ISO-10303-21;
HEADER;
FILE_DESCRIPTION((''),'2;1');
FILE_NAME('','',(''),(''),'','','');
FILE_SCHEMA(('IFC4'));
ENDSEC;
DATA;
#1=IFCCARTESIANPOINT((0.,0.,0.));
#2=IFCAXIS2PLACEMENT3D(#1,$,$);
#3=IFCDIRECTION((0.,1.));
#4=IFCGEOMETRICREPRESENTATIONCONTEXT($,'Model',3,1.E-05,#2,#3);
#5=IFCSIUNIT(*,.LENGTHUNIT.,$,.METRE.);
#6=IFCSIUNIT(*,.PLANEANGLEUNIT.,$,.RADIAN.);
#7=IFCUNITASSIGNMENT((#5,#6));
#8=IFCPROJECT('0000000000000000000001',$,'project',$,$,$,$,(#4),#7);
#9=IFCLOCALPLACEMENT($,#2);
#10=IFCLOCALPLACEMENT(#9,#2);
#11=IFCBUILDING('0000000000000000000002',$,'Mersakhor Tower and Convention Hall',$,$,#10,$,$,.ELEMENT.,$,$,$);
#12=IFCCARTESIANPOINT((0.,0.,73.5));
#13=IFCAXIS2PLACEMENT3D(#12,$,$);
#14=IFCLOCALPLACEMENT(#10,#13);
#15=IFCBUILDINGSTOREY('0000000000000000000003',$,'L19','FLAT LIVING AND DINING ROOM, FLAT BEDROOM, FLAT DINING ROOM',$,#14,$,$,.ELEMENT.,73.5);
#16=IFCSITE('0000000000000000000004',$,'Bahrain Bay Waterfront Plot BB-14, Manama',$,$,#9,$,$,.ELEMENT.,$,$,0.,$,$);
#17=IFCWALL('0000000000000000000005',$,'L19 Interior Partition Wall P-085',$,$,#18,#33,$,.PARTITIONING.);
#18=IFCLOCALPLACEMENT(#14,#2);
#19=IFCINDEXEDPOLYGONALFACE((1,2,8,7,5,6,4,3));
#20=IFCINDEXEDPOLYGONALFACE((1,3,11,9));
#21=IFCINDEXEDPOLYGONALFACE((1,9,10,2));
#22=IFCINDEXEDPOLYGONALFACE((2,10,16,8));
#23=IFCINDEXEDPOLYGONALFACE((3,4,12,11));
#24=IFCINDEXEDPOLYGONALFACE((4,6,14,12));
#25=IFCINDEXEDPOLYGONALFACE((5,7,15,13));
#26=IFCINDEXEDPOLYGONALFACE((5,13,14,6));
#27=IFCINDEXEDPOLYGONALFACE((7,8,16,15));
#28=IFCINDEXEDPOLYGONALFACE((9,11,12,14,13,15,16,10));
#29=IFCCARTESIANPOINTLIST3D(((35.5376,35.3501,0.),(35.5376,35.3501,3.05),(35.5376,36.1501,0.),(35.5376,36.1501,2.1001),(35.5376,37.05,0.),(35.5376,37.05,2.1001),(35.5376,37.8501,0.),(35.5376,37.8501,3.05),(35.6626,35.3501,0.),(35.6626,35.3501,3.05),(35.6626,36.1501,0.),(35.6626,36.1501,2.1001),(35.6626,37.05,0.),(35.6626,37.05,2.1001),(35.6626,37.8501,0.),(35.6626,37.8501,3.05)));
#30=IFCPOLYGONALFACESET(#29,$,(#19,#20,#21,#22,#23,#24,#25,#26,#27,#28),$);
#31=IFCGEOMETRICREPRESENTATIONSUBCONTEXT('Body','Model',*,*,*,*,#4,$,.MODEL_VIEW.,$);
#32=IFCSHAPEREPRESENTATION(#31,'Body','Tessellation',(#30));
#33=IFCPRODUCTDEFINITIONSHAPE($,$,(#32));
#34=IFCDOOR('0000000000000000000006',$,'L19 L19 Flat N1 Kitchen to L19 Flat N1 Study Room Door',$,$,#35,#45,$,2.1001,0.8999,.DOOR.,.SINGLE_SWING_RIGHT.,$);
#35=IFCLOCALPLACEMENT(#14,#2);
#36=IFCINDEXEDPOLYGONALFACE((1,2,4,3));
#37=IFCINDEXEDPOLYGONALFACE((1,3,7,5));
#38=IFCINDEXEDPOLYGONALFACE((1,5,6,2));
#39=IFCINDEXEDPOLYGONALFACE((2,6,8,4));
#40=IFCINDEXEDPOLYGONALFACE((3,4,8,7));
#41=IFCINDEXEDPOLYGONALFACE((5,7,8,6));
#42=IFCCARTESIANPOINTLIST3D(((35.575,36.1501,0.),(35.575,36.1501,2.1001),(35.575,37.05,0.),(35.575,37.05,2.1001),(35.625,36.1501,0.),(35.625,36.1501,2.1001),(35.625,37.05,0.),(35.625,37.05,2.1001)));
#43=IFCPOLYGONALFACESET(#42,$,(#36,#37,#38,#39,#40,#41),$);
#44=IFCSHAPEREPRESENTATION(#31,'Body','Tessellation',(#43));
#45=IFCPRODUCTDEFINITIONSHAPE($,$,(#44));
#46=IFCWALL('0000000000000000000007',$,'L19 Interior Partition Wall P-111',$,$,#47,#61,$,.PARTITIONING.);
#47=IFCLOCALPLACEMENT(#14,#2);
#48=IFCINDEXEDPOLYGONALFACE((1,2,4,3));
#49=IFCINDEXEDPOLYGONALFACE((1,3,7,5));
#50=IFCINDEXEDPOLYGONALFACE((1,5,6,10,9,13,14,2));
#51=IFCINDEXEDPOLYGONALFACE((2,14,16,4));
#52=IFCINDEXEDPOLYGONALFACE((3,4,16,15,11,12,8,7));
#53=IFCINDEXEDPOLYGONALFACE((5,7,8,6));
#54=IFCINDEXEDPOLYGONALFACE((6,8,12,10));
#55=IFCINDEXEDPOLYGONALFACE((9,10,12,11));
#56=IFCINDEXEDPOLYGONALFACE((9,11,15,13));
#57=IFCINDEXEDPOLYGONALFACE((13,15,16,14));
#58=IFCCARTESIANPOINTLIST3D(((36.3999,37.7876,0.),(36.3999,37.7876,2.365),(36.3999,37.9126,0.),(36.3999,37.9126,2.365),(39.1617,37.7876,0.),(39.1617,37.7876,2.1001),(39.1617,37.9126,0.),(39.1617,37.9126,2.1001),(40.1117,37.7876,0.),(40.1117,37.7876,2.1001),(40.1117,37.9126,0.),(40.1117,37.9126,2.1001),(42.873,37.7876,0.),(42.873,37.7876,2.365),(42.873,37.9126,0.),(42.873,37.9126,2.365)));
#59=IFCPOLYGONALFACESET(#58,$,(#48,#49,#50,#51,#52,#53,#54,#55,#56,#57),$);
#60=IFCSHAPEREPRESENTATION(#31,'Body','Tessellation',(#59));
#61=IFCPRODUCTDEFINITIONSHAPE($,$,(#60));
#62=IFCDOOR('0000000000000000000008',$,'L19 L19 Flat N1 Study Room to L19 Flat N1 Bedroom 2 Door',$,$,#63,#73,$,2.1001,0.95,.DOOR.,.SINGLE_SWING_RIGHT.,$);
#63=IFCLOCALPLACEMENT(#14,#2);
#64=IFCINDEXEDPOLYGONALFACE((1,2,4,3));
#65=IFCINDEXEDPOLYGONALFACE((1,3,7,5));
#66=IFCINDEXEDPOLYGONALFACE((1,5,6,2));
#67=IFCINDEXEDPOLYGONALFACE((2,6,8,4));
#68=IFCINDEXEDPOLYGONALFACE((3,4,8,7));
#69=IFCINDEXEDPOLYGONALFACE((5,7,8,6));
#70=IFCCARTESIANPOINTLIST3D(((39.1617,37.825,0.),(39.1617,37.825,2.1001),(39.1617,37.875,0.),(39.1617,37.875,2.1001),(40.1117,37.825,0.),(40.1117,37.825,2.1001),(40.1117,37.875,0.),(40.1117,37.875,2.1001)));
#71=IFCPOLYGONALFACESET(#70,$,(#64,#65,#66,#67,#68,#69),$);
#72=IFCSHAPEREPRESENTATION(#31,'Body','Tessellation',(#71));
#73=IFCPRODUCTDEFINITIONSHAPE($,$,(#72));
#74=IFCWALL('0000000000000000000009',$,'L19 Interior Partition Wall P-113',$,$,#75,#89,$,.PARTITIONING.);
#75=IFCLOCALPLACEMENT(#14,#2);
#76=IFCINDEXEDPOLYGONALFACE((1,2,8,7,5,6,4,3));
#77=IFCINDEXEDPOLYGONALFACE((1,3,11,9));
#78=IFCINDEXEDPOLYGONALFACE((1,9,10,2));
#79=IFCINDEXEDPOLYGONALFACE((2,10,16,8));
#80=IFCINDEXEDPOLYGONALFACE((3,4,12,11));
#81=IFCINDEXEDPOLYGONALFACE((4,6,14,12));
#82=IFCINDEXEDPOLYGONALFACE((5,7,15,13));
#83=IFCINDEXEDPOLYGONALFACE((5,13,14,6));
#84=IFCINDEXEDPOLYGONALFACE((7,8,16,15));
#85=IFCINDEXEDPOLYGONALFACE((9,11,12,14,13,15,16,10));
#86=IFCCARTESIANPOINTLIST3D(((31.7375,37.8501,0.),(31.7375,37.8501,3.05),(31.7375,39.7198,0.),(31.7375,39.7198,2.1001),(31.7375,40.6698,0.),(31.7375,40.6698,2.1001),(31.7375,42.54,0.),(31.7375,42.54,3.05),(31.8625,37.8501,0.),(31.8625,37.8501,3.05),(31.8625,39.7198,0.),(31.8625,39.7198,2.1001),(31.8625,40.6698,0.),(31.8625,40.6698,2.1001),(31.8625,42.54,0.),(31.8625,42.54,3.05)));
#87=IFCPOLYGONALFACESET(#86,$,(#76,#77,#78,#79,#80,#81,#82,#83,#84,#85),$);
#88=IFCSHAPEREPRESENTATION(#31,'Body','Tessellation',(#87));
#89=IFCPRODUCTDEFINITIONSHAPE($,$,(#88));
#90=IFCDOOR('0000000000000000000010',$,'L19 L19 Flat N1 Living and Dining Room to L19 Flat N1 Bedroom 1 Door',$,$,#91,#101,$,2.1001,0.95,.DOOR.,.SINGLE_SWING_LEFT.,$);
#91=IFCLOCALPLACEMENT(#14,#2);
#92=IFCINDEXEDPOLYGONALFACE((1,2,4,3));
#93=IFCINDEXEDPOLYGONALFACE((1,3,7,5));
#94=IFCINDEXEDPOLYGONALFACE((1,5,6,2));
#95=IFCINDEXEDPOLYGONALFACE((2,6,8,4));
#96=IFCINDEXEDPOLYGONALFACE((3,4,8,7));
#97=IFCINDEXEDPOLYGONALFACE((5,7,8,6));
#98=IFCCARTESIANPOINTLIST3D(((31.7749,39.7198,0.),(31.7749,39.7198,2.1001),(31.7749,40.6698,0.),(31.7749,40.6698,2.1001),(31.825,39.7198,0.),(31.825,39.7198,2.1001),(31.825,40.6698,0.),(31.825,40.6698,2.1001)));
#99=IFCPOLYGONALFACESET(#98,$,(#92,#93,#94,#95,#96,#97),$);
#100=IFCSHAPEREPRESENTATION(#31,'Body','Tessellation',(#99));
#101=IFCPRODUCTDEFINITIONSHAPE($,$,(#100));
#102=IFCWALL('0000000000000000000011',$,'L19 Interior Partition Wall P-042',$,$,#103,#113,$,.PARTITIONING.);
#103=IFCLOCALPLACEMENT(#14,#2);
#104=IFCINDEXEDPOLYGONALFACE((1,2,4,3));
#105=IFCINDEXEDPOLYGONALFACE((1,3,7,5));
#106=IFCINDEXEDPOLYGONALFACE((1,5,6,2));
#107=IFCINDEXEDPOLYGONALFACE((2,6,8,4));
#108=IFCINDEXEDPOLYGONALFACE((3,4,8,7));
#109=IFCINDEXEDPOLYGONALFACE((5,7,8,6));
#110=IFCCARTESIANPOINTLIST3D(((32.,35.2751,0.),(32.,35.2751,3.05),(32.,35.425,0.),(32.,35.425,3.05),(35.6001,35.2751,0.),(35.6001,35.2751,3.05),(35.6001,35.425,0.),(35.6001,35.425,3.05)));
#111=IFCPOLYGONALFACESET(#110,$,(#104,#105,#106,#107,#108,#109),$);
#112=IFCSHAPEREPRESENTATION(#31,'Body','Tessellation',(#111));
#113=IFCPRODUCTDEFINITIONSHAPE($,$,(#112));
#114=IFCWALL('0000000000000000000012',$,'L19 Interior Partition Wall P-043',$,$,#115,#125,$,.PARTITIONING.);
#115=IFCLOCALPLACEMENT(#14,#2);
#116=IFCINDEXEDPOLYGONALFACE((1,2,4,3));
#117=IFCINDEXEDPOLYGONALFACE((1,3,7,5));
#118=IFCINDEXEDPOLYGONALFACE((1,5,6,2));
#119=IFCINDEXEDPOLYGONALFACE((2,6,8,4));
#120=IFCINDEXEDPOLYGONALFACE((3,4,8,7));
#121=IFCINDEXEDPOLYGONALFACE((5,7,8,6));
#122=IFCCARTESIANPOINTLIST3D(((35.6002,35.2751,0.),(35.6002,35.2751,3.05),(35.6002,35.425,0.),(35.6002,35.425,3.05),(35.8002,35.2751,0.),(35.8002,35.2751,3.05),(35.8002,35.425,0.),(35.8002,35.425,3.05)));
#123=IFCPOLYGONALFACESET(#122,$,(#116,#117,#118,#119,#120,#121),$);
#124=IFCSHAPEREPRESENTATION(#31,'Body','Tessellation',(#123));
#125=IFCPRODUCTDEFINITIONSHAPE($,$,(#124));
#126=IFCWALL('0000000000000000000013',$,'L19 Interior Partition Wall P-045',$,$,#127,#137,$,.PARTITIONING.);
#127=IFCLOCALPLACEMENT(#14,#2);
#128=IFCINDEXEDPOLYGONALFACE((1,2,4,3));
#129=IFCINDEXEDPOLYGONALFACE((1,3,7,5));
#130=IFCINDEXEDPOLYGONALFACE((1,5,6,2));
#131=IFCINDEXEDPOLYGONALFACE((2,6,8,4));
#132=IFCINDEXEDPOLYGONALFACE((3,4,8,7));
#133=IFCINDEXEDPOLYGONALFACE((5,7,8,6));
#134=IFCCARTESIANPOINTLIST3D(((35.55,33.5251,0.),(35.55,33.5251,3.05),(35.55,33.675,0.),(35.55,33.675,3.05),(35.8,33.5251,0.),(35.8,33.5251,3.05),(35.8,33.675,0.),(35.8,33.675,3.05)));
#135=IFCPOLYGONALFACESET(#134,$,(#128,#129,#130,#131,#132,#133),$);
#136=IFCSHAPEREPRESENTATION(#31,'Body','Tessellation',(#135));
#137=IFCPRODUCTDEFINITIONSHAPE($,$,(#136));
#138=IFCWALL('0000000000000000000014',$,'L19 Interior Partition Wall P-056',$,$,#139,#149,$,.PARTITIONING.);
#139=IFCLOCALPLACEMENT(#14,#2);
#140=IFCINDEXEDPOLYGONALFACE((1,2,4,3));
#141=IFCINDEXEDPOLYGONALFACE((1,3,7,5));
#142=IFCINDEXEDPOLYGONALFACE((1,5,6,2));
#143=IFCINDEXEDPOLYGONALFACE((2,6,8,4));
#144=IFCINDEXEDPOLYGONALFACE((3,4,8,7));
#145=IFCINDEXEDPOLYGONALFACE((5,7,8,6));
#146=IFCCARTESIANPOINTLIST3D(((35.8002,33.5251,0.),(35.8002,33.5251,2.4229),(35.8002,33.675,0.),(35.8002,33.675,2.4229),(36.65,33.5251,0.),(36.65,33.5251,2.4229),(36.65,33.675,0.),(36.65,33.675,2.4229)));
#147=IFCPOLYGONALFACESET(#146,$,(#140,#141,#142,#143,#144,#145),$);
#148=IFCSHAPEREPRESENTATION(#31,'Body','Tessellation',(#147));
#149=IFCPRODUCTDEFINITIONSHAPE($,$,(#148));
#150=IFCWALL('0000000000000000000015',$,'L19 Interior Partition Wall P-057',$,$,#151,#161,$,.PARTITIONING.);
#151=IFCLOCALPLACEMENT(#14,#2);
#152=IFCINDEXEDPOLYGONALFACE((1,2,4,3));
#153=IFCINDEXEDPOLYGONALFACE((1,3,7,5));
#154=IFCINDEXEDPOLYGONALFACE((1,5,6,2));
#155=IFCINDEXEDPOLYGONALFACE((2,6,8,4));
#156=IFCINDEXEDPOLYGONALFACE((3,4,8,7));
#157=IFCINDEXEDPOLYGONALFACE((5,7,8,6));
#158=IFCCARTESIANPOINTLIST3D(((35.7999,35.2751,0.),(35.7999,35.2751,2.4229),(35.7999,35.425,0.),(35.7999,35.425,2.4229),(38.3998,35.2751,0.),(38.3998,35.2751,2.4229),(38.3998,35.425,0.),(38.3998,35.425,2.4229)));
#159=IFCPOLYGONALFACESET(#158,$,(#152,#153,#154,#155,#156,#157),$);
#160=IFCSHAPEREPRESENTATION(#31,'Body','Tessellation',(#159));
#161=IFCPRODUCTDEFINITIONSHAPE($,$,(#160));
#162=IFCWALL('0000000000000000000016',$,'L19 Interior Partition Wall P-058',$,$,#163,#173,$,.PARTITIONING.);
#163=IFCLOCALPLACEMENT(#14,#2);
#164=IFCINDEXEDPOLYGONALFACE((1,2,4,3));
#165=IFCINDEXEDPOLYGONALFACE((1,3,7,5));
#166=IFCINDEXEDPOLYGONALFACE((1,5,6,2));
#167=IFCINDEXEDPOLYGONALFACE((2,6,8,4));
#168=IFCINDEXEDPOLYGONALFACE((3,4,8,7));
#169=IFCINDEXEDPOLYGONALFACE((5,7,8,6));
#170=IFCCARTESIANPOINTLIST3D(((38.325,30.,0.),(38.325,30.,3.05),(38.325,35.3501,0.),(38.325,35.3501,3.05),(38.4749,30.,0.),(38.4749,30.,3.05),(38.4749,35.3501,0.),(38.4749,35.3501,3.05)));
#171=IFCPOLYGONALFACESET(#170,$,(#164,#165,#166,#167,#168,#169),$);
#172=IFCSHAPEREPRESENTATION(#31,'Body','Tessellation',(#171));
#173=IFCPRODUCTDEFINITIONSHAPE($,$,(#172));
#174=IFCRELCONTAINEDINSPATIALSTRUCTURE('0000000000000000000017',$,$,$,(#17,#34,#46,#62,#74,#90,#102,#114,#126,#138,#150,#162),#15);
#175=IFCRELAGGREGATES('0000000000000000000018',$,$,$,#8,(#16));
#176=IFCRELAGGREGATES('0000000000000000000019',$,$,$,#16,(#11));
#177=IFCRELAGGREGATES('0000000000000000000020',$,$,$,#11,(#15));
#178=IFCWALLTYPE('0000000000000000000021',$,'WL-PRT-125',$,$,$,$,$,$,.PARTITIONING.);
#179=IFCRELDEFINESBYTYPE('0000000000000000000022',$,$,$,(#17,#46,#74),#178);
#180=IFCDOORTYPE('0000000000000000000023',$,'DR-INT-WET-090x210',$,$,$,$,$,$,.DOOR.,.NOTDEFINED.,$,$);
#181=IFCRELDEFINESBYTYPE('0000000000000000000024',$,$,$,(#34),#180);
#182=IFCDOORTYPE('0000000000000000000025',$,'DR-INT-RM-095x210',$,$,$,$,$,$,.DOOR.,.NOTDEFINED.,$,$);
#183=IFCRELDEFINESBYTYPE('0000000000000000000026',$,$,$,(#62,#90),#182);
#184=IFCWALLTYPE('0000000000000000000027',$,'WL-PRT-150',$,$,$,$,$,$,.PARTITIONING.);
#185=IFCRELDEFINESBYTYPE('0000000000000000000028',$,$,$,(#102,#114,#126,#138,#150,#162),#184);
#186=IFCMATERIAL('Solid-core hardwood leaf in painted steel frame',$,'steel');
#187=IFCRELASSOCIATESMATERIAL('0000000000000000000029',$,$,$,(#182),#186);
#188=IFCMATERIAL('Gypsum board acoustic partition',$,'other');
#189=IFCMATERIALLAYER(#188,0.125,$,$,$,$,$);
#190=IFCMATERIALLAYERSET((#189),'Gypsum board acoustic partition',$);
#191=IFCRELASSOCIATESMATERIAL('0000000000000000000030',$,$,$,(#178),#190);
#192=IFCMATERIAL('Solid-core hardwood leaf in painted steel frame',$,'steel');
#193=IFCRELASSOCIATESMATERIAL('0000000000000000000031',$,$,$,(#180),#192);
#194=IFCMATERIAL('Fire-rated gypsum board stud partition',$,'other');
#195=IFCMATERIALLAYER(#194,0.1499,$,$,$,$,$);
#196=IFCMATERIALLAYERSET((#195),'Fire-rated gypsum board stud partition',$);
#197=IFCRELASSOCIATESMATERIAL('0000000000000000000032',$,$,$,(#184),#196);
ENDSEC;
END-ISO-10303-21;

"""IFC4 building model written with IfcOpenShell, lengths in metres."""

from ifc_helpers import new_model, si_unit, direction, frame, frame_2d, origin, place, context, subcontext, project, spatial, rectangle, extrude, material, layer, layer_set, type_object, element, fill, save


model = new_model("IFC4")

# Units and contexts
model_context = context("Model", 3, precision=1e-05, world=origin(), true_north=direction((0.0, 1.0)))
body_context = subcontext(model_context, "Body", "Model", "MODEL_VIEW")
ifc_project = project(units=[si_unit("LENGTHUNIT", "METRE"), si_unit("PLANEANGLEUNIT", "RADIAN")], contexts=[model_context])

# Site, building, storey
site_placement = place(None, origin())
site = spatial("IfcSite", under=ifc_project, at=site_placement, Name="Bahrain Bay Waterfront Plot BB-14, Manama", CompositionType="ELEMENT", RefElevation=0.0)
building_placement = place(site_placement, origin())
building = spatial("IfcBuilding", under=site, at=building_placement, Name="Mersakhor Tower and Convention Hall", CompositionType="ELEMENT")
storey_placement = place(building_placement, frame((0.0, 0.0, 73.5)))
storey = spatial("IfcBuildingStorey", under=building, at=storey_placement, Name="L19", Description="FLAT LIVING AND DINING ROOM, FLAT BEDROOM, FLAT DINING ROOM", CompositionType="ELEMENT", Elevation=73.5)

# Shared definitions
ifc_material_1 = material(Name="Solid-core hardwood leaf in painted steel frame", Category="steel")
door_type_1 = type_object("IfcDoorType", Name="DR-INT-RM-095x210", OperationType="NOTDEFINED", PredefinedType="DOOR", material=ifc_material_1)

# Shared definitions
ifc_material_2 = material(Name="Gypsum board acoustic partition", Category="other")
ifc_layer_1 = layer(ifc_material_2, 0.125)
ifc_layer_set_1 = layer_set([ifc_layer_1], Name="Gypsum board acoustic partition")
wall_type_1 = type_object("IfcWallType", Name="WL-PRT-125", PredefinedType="PARTITIONING", material=ifc_layer_set_1)

# Walls, openings, doors
wall_1_placement = place(storey_placement, frame((35.6001, 37.8501, 0.0), z_axis=(0.0, 0.0, 1.0), x_axis=(0.0, -1.0, 0.0)))
wall_1 = element("IfcWall", 1, at=wall_1_placement, inside=storey, type_object=wall_type_1, Name="L19 Interior Partition Wall P-085", PredefinedType="PARTITIONING", context=body_context, shape_type="SweptSolid", body=[
    extrude(rectangle(XDim=2.5, YDim=0.125, at=frame_2d((1.25, 0.0))), origin(), (0.0, 0.0, 1.0), 3.05),
])
opening_1_placement = place(wall_1_placement, frame((0.8, 0.0, 0.0)))
opening_1 = element("IfcOpeningElement", 2, at=opening_1_placement, cuts=wall_1, PredefinedType="OPENING", context=body_context, shape_type="SweptSolid", body=[
    extrude(rectangle(XDim=0.8999, YDim=2.1001, at=frame_2d((0.45, 1.05))), frame((0.0, 0.0725, 0.0), z_axis=(0.0, -1.0, 0.0), x_axis=(1.0, 0.0, 0.0)), (0.0, 0.0, 1.0), 0.145),
])
ifc_material_3 = material(Name="Solid-core hardwood leaf in painted steel frame", Category="steel")
door_type_2 = type_object("IfcDoorType", Name="DR-INT-WET-090x210", OperationType="NOTDEFINED", PredefinedType="DOOR", material=ifc_material_3)
door_1_placement = place(opening_1_placement, origin())
door_1 = element("IfcDoor", 3, at=door_1_placement, inside=storey, type_object=door_type_2, Name="L19 L19 Flat N1 Kitchen to L19 Flat N1 Study Room Door", OperationType="SINGLE_SWING_RIGHT", OverallHeight=2.1001, OverallWidth=0.8999, PredefinedType="DOOR", context=body_context, shape_type="SweptSolid", body=[
    extrude(rectangle(XDim=0.8999, YDim=2.1001, at=frame_2d((0.45, 1.05))), frame((0.0, 0.0249, 0.0), z_axis=(0.0, -1.0, 0.0), x_axis=(1.0, 0.0, 0.0)), (0.0, 0.0, 1.0), 0.05),
])
fill(opening_1, door_1)
wall_2_placement = place(storey_placement, frame((36.3999, 37.8501, 0.0), z_axis=(0.0, 0.0, 1.0), x_axis=(1.0, 0.0, 0.0)))
wall_2 = element("IfcWall", 4, at=wall_2_placement, inside=storey, type_object=wall_type_1, Name="L19 Interior Partition Wall P-111", PredefinedType="PARTITIONING", context=body_context, shape_type="SweptSolid", body=[
    extrude(rectangle(XDim=6.4731, YDim=0.125, at=frame_2d((3.2366, 0.0))), origin(), (0.0, 0.0, 1.0), 2.365),
])
opening_2_placement = place(wall_2_placement, frame((2.7617, 0.0, 0.0)))
opening_2 = element("IfcOpeningElement", 5, at=opening_2_placement, cuts=wall_2, PredefinedType="OPENING", context=body_context, shape_type="SweptSolid", body=[
    extrude(rectangle(XDim=0.95, YDim=2.1001, at=frame_2d((0.4751, 1.05))), frame((0.0, 0.0725, 0.0), z_axis=(0.0, -1.0, 0.0), x_axis=(1.0, 0.0, 0.0)), (0.0, 0.0, 1.0), 0.145),
])
door_2_placement = place(opening_2_placement, origin())
door_2 = element("IfcDoor", 6, at=door_2_placement, inside=storey, type_object=door_type_1, Name="L19 L19 Flat N1 Study Room to L19 Flat N1 Bedroom 2 Door", OperationType="SINGLE_SWING_RIGHT", OverallHeight=2.1001, OverallWidth=0.95, PredefinedType="DOOR", context=body_context, shape_type="SweptSolid", body=[
    extrude(rectangle(XDim=0.95, YDim=2.1001, at=frame_2d((0.4751, 1.05))), frame((0.0, 0.0249, 0.0), z_axis=(0.0, -1.0, 0.0), x_axis=(1.0, 0.0, 0.0)), (0.0, 0.0, 1.0), 0.05),
])
fill(opening_2, door_2)
wall_3_placement = place(storey_placement, frame((31.8, 42.54, 0.0), z_axis=(0.0, 0.0, 1.0), x_axis=(0.0, -1.0, 0.0)))
wall_3 = element("IfcWall", 7, at=wall_3_placement, inside=storey, type_object=wall_type_1, Name="L19 Interior Partition Wall P-113", PredefinedType="PARTITIONING", context=body_context, shape_type="SweptSolid", body=[
    extrude(rectangle(XDim=4.6899, YDim=0.125, at=frame_2d((2.345, 0.0))), origin(), (0.0, 0.0, 1.0), 3.05),
])
opening_3_placement = place(wall_3_placement, frame((1.8701, 0.0, 0.0)))
opening_3 = element("IfcOpeningElement", 8, at=opening_3_placement, cuts=wall_3, PredefinedType="OPENING", context=body_context, shape_type="SweptSolid", body=[
    extrude(rectangle(XDim=0.95, YDim=2.1001, at=frame_2d((0.4751, 1.05))), frame((0.0, 0.0725, 0.0), z_axis=(0.0, -1.0, 0.0), x_axis=(1.0, 0.0, 0.0)), (0.0, 0.0, 1.0), 0.145),
])
door_3_placement = place(opening_3_placement, origin())
door_3 = element("IfcDoor", 9, at=door_3_placement, inside=storey, type_object=door_type_1, Name="L19 L19 Flat N1 Living and Dining Room to L19 Flat N1 Bedroom 1 Door", OperationType="SINGLE_SWING_LEFT", OverallHeight=2.1001, OverallWidth=0.95, PredefinedType="DOOR", context=body_context, shape_type="SweptSolid", body=[
    extrude(rectangle(XDim=0.95, YDim=2.1001, at=frame_2d((0.4751, 1.05))), frame((0.0, 0.0249, 0.0), z_axis=(0.0, -1.0, 0.0), x_axis=(1.0, 0.0, 0.0)), (0.0, 0.0, 1.0), 0.05),
])
fill(opening_3, door_3)

# Walls
ifc_material_4 = material(Name="Fire-rated gypsum board stud partition", Category="other")
ifc_layer_2 = layer(ifc_material_4, 0.1499)
ifc_layer_set_2 = layer_set([ifc_layer_2], Name="Fire-rated gypsum board stud partition")
wall_type_2 = type_object("IfcWallType", Name="WL-PRT-150", PredefinedType="PARTITIONING", material=ifc_layer_set_2)
wall_4_placement = place(storey_placement, frame((32.0, 35.3501, 0.0), z_axis=(0.0, 0.0, 1.0), x_axis=(1.0, 0.0, 0.0)))
element("IfcWall", 10, at=wall_4_placement, inside=storey, type_object=wall_type_2, Name="L19 Interior Partition Wall P-042", PredefinedType="PARTITIONING", context=body_context, shape_type="SweptSolid", body=[
    extrude(rectangle(XDim=3.6001, YDim=0.1499, at=frame_2d((1.8, 0.0))), origin(), (0.0, 0.0, 1.0), 3.05),
])
wall_5_placement = place(storey_placement, frame((35.6001, 35.3501, 0.0), z_axis=(0.0, 0.0, 1.0), x_axis=(1.0, 0.0, 0.0)))
element("IfcWall", 11, at=wall_5_placement, inside=storey, type_object=wall_type_2, Name="L19 Interior Partition Wall P-043", PredefinedType="PARTITIONING", context=body_context, shape_type="SweptSolid", body=[
    extrude(rectangle(XDim=0.2, YDim=0.1499, at=frame_2d((0.1001, 0.0))), origin(), (0.0, 0.0, 1.0), 3.05),
])

# Walls
wall_6_placement = place(storey_placement, frame((35.8, 33.6001, 0.0), z_axis=(0.0, 0.0, 1.0), x_axis=(-1.0, 0.0, 0.0)))
element("IfcWall", 12, at=wall_6_placement, inside=storey, type_object=wall_type_2, Name="L19 Interior Partition Wall P-045", PredefinedType="PARTITIONING", context=body_context, shape_type="SweptSolid", body=[
    extrude(rectangle(XDim=0.25, YDim=0.1499, at=frame_2d((0.125, 0.0))), origin(), (0.0, 0.0, 1.0), 3.05),
])
wall_7_placement = place(storey_placement, frame((36.6499, 33.6001, 0.0), z_axis=(0.0, 0.0, 1.0), x_axis=(-1.0, 0.0, 0.0)))
element("IfcWall", 13, at=wall_7_placement, inside=storey, type_object=wall_type_2, Name="L19 Interior Partition Wall P-056", PredefinedType="PARTITIONING", context=body_context, shape_type="SweptSolid", body=[
    extrude(rectangle(XDim=0.8499, YDim=0.1499, at=frame_2d((0.4248, 0.0))), origin(), (0.0, 0.0, 1.0), 2.4229),
])
wall_8_placement = place(storey_placement, frame((35.8, 35.3501, 0.0), z_axis=(0.0, 0.0, 1.0), x_axis=(1.0, 0.0, 0.0)))
element("IfcWall", 14, at=wall_8_placement, inside=storey, type_object=wall_type_2, Name="L19 Interior Partition Wall P-057", PredefinedType="PARTITIONING", context=body_context, shape_type="SweptSolid", body=[
    extrude(rectangle(XDim=2.5999, YDim=0.1499, at=frame_2d((1.2998, 0.0))), origin(), (0.0, 0.0, 1.0), 2.4229),
])
wall_9_placement = place(storey_placement, frame((38.3999, 35.3501, 0.0), z_axis=(0.0, 0.0, 1.0), x_axis=(0.0, -1.0, 0.0)))
element("IfcWall", 15, at=wall_9_placement, inside=storey, type_object=wall_type_2, Name="L19 Interior Partition Wall P-058", PredefinedType="PARTITIONING", context=body_context, shape_type="SweptSolid", body=[
    extrude(rectangle(XDim=5.3501, YDim=0.1499, at=frame_2d((2.675, 0.0))), origin(), (0.0, 0.0, 1.0), 3.05),
])

save(model, "model.ifc")
